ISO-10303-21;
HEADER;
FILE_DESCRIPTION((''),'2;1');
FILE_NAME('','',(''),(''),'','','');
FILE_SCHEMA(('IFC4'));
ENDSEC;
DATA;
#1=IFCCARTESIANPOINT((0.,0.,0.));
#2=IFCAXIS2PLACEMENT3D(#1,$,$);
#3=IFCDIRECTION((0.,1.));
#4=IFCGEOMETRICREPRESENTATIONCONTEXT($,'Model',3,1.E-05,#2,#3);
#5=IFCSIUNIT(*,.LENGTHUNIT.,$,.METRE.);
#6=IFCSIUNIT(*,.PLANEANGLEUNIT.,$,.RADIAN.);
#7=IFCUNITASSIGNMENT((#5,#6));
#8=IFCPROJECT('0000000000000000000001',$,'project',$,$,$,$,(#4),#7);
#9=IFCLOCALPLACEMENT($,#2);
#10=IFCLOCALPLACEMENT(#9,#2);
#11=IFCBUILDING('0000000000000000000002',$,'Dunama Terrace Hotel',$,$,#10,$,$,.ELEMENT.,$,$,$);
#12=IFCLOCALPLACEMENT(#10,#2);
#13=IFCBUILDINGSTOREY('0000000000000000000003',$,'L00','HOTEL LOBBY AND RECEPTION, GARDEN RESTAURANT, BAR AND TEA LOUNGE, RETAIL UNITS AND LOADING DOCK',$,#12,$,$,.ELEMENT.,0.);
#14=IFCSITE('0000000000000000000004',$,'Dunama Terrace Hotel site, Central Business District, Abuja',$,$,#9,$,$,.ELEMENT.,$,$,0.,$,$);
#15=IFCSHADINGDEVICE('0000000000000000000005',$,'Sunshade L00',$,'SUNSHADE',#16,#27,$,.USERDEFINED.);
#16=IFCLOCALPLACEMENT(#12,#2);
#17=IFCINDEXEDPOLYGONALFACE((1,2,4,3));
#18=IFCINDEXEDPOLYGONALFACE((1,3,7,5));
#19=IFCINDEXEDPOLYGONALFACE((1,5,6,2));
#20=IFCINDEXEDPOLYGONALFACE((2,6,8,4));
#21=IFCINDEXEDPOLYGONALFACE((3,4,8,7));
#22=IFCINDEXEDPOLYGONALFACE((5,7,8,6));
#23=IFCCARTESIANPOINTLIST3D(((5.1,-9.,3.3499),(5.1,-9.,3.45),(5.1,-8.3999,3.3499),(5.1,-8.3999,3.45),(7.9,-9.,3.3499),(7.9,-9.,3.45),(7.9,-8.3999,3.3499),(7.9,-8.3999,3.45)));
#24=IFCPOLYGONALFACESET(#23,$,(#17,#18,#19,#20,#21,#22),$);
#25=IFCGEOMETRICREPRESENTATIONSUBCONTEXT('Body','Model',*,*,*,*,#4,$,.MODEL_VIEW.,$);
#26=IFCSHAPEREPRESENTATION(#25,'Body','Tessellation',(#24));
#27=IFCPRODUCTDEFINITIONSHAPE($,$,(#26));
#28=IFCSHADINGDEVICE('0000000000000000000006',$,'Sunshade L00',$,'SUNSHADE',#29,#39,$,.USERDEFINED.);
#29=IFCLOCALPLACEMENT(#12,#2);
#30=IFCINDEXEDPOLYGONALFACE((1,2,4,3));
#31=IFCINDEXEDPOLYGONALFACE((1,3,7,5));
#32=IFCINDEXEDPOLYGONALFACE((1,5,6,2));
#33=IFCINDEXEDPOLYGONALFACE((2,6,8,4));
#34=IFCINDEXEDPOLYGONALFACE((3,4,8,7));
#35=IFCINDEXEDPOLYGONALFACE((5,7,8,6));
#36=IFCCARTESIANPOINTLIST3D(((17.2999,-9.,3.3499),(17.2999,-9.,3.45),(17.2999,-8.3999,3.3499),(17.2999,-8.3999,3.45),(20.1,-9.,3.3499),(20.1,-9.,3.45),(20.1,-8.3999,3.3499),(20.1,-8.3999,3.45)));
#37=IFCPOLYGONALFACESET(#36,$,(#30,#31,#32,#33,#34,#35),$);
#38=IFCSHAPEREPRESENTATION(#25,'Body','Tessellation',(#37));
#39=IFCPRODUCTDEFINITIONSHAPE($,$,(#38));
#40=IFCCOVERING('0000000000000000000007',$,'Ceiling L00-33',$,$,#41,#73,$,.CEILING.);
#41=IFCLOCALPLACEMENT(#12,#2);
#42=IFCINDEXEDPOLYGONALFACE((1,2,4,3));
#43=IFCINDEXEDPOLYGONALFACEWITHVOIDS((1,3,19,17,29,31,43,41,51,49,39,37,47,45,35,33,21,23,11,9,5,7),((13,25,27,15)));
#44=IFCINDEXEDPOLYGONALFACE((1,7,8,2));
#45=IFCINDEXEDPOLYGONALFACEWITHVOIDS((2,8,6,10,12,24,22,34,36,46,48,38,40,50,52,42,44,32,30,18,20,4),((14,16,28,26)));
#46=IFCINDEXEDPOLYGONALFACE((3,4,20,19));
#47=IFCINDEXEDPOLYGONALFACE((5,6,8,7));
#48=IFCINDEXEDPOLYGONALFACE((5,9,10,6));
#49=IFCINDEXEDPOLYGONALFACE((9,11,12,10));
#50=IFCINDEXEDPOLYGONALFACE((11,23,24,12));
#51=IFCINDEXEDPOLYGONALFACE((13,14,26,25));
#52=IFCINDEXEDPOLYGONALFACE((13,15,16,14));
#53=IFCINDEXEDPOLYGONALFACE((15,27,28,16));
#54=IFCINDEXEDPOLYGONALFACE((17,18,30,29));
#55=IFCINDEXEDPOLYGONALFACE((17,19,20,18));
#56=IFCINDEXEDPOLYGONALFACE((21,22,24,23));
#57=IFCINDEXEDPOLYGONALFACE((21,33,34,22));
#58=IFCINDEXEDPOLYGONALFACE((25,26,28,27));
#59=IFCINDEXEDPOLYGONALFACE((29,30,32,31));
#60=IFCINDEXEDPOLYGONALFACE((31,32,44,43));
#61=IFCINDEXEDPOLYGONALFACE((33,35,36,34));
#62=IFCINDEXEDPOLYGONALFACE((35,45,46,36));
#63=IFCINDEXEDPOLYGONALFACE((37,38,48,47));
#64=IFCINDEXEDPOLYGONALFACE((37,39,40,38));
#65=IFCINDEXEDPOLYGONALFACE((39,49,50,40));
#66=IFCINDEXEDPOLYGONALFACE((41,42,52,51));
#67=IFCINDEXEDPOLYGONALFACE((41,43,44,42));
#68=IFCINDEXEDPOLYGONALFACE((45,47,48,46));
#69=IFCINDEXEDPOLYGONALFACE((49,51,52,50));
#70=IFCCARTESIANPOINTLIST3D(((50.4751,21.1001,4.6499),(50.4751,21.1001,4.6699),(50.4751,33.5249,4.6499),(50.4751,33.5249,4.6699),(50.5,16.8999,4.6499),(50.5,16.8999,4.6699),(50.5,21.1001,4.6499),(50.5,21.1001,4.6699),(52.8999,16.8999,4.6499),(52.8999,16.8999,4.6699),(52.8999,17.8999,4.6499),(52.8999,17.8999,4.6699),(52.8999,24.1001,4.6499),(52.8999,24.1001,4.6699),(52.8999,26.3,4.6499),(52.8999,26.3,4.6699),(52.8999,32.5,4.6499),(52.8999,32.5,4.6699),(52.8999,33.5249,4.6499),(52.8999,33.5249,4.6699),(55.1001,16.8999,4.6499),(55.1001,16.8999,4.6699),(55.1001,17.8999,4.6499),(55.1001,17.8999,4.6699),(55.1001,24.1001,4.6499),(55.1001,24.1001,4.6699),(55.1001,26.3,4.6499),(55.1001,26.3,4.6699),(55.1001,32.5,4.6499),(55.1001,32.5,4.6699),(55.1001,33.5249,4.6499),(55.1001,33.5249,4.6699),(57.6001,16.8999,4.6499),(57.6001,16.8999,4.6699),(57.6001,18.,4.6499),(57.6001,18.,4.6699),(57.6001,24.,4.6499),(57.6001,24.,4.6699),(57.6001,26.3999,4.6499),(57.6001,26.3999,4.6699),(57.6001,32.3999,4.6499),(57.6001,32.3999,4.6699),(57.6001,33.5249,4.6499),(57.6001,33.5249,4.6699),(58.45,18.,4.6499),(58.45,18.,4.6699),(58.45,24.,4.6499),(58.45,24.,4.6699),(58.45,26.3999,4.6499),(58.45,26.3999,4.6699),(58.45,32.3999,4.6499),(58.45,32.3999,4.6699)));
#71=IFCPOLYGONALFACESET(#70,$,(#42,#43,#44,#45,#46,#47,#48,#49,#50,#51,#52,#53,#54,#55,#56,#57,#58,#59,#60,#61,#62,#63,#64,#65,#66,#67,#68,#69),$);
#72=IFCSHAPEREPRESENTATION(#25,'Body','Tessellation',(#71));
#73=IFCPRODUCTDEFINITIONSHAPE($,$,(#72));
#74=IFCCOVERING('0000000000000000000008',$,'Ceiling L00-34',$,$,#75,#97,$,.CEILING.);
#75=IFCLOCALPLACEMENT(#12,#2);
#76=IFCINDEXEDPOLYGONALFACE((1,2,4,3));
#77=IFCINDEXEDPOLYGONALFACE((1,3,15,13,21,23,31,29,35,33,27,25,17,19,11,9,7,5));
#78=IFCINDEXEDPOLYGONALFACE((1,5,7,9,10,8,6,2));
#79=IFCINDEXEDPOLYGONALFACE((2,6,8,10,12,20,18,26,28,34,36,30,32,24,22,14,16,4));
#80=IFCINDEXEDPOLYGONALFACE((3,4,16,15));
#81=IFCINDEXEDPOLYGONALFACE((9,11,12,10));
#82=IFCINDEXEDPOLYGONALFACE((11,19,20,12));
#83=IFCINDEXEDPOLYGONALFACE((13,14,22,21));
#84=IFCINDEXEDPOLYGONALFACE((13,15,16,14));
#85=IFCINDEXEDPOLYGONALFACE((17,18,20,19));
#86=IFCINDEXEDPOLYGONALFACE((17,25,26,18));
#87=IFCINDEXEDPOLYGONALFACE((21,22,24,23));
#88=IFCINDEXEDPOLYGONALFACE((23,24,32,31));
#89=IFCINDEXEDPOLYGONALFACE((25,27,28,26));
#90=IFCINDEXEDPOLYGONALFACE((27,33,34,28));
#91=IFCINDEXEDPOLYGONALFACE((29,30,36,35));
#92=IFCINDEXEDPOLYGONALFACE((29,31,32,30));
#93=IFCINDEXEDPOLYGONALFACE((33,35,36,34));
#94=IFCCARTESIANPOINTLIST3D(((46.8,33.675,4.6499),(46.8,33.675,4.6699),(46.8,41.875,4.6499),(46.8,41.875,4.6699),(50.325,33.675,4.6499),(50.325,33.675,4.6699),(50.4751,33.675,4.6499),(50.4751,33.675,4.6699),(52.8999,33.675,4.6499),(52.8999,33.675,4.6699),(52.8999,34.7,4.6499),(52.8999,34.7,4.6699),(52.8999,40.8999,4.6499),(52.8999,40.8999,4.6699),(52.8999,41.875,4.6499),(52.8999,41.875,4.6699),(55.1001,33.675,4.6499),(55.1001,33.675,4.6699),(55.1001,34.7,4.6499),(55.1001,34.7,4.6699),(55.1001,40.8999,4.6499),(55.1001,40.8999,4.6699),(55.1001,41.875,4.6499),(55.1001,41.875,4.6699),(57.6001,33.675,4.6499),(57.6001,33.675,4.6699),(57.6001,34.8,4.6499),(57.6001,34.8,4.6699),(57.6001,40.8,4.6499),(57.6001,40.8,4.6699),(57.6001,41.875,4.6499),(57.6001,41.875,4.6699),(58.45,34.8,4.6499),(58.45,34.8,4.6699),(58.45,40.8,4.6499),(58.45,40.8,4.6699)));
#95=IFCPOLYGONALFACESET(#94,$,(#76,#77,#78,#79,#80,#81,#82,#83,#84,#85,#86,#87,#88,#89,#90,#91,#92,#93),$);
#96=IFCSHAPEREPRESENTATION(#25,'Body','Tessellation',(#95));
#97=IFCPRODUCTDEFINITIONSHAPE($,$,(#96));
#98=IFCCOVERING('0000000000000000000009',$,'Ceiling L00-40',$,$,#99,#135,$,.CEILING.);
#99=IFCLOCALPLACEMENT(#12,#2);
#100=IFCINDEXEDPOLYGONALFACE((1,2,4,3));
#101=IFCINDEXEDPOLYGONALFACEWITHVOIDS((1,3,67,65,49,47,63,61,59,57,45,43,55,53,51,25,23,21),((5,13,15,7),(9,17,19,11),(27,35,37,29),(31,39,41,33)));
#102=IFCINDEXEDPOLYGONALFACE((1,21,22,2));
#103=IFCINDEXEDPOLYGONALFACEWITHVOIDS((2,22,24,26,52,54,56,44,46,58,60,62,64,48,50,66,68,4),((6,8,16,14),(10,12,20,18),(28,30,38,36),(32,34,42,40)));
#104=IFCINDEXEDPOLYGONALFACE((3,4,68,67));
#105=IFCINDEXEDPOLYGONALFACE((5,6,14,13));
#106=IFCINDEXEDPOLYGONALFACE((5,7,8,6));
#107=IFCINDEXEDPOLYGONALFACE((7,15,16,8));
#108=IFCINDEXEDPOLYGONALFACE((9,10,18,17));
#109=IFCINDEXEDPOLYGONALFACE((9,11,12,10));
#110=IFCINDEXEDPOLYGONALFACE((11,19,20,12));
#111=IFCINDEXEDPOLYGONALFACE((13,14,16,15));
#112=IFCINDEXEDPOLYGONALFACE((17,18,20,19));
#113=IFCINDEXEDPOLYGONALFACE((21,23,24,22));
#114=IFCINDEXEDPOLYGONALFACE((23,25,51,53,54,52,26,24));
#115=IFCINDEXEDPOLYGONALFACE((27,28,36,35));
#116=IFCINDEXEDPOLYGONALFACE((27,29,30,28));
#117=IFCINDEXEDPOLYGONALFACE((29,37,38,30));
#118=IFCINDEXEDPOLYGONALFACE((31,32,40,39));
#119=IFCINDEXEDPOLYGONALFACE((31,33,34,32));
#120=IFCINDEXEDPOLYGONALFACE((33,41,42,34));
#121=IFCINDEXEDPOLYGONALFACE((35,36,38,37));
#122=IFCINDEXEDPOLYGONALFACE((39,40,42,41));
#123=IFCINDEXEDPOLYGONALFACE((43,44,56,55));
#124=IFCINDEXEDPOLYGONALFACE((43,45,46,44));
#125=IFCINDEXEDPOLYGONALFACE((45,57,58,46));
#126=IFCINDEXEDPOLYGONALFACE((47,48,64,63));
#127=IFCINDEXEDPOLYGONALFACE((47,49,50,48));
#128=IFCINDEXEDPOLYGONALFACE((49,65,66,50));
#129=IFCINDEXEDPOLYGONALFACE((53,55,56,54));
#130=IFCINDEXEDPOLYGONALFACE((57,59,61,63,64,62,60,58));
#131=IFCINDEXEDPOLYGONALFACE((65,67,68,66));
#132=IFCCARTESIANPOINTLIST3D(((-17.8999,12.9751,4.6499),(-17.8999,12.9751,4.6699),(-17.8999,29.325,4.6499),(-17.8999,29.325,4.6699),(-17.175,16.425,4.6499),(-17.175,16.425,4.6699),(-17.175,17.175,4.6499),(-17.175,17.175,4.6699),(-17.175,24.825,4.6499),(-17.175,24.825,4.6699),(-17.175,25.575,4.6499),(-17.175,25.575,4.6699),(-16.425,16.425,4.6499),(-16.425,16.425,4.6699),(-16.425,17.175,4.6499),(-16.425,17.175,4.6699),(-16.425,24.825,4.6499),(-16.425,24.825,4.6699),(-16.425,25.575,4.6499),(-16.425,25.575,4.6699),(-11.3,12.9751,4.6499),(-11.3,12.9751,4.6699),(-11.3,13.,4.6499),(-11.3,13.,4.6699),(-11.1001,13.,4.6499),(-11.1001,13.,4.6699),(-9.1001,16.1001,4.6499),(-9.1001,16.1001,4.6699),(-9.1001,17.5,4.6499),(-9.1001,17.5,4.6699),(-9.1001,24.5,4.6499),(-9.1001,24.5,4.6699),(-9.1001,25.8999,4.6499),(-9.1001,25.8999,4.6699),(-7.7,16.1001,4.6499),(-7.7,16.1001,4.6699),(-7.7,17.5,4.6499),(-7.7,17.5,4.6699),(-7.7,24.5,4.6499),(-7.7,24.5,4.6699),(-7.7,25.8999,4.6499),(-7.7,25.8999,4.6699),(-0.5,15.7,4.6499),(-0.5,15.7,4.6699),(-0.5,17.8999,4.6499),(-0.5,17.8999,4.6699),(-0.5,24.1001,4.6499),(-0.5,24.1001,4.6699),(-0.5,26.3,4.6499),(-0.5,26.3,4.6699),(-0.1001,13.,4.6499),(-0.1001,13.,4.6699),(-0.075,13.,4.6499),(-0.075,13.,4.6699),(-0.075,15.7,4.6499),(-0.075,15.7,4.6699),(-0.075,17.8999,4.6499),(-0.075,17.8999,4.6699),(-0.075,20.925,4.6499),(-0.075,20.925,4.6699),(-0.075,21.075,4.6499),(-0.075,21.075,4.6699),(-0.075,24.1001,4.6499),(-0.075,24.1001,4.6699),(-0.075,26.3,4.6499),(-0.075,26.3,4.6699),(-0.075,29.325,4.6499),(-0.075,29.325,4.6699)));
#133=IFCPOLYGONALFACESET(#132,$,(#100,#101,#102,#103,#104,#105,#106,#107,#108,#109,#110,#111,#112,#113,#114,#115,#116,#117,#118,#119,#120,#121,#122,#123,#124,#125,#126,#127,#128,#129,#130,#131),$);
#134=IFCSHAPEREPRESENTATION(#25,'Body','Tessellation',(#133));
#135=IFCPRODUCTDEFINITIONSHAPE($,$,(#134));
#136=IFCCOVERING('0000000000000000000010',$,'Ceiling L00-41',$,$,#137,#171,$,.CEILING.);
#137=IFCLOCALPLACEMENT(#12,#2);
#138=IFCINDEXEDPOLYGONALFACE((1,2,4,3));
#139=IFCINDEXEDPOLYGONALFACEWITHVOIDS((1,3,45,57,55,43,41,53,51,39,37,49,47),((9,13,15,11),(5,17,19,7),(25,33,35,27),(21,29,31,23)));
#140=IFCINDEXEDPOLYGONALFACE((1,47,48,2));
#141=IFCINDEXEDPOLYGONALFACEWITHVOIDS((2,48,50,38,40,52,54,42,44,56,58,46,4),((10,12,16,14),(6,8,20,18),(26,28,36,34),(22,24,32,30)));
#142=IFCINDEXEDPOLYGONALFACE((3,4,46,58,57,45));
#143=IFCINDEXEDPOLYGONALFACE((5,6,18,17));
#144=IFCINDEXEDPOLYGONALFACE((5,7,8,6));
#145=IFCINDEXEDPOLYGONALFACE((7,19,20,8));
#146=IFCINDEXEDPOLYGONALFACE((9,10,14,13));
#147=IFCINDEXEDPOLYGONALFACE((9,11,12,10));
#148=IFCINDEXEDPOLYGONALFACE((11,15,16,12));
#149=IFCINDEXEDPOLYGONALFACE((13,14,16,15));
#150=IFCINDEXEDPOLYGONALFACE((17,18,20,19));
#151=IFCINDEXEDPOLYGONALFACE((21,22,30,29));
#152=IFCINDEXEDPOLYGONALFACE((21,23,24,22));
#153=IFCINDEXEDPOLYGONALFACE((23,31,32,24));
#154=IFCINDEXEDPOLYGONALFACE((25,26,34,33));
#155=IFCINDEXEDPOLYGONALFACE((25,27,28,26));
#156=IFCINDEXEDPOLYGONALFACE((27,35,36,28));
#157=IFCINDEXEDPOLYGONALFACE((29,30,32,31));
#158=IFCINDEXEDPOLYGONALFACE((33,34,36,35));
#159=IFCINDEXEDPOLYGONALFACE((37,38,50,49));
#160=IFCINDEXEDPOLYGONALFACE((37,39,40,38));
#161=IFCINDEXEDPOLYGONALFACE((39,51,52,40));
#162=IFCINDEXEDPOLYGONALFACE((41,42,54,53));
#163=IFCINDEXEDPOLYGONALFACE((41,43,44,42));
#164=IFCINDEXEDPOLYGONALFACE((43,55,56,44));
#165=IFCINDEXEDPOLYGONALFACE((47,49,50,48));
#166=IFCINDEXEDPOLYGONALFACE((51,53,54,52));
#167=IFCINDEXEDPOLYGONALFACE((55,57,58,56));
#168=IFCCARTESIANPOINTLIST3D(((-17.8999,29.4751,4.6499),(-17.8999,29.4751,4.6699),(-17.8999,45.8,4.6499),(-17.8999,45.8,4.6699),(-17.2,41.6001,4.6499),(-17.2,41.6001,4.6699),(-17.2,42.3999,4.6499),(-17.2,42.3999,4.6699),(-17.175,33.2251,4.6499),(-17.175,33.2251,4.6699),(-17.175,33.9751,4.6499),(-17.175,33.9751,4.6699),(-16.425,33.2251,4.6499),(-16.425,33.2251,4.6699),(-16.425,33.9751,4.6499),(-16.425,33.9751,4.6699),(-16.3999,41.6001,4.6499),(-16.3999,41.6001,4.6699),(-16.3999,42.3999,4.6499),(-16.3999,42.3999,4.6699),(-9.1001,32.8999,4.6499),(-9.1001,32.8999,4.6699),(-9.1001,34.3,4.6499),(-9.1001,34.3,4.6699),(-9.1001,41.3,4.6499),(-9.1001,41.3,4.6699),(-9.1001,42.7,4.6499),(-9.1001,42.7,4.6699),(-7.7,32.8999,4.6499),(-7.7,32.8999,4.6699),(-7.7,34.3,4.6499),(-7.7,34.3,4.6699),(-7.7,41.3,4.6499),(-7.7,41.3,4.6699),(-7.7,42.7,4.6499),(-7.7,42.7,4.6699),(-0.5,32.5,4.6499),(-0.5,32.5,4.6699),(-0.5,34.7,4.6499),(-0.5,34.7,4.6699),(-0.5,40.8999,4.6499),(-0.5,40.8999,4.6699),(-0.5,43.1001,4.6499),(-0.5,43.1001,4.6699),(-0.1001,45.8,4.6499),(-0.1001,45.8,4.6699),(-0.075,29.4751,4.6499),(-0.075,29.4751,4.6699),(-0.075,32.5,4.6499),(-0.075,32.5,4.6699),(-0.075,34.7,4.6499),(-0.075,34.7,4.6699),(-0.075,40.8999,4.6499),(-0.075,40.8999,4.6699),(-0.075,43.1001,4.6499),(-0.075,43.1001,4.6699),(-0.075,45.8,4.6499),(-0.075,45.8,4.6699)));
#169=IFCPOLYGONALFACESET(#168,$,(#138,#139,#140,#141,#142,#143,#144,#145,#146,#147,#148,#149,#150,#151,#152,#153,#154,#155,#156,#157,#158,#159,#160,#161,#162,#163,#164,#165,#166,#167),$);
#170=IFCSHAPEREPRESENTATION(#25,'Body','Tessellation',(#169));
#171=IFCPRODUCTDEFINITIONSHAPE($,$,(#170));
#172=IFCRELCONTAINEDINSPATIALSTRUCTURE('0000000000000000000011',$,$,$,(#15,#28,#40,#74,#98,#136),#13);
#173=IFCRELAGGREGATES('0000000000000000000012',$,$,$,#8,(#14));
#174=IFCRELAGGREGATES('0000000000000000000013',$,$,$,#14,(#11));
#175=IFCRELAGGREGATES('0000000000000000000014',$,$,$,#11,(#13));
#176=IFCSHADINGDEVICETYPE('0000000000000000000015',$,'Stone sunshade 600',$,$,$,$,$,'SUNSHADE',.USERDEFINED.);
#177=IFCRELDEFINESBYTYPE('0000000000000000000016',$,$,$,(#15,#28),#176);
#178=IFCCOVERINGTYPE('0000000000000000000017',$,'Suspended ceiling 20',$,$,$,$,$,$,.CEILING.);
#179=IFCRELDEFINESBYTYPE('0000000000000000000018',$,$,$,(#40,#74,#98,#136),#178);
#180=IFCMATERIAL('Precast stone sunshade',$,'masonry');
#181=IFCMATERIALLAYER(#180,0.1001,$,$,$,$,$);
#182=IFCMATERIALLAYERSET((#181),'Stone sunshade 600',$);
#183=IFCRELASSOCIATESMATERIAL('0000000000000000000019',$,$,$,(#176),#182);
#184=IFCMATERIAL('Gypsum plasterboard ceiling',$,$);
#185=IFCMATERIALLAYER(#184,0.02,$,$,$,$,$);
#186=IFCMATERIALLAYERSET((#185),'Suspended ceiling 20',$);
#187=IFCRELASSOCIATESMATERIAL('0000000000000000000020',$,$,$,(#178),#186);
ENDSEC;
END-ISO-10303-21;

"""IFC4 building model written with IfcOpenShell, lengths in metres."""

from ifc_helpers import new_model, si_unit, direction, frame, origin, origin_2d, place, context, subcontext, project, spatial, polyline, rectangle, outline, extrude, material, layer, layer_set, type_object, element, save


model = new_model("IFC4")

# Units and contexts
model_context = context("Model", 3, precision=1e-05, world=origin(), true_north=direction((0.0, 1.0)))
body_context = subcontext(model_context, "Body", "Model", "MODEL_VIEW")
ifc_project = project(units=[si_unit("LENGTHUNIT", "METRE"), si_unit("PLANEANGLEUNIT", "RADIAN")], contexts=[model_context])

# Site, building, storey
site_placement = place(None, origin())
site = spatial("IfcSite", under=ifc_project, at=site_placement, Name="Dunama Terrace Hotel site, Central Business District, Abuja", CompositionType="ELEMENT", RefElevation=0.0)
building_placement = place(site_placement, origin())
building = spatial("IfcBuilding", under=site, at=building_placement, Name="Dunama Terrace Hotel", CompositionType="ELEMENT")
storey_placement = place(building_placement, origin())
storey = spatial("IfcBuildingStorey", under=building, at=storey_placement, Name="L00", Description="HOTEL LOBBY AND RECEPTION, GARDEN RESTAURANT, BAR AND TEA LOUNGE, RETAIL UNITS AND LOADING DOCK", CompositionType="ELEMENT", Elevation=0.0)

# Shading devices
ifc_material_1 = material(Name="Precast stone sunshade", Category="masonry")
ifc_layer_1 = layer(ifc_material_1, 0.1001)
ifc_layer_set_1 = layer_set([ifc_layer_1], Name="Stone sunshade 600")
shading_device_type = type_object("IfcShadingDeviceType", Name="Stone sunshade 600", ElementType="SUNSHADE", PredefinedType="USERDEFINED", material=ifc_layer_set_1)
for number, where, z_axis, x_axis, name in (
    (1, (6.5, -8.7, 3.3499), (0.0, 0.0, 1.0), (1.0, 0.0, 0.0), "Sunshade L00"),
    (2, (18.7, -8.7, 3.3499), (0.0, 0.0, 1.0), (1.0, 0.0, 0.0), "Sunshade L00"),
):
    element("IfcShadingDevice", number, at=place(storey_placement, frame(where, z_axis=z_axis, x_axis=x_axis)), inside=storey, type_object=shading_device_type, Name=name, ObjectType="SUNSHADE", PredefinedType="USERDEFINED", context=body_context, shape_type="SweptSolid", body=[
        extrude(rectangle(XDim=2.8, YDim=0.6001, at=origin_2d()), origin(), (0.0, 0.0, 1.0), 0.1001),
    ])

# Coverings
ifc_material_2 = material(Name="Gypsum plasterboard ceiling")
ifc_layer_2 = layer(ifc_material_2, 0.02)
ifc_layer_set_2 = layer_set([ifc_layer_2], Name="Suspended ceiling 20")
covering_type_1 = type_object("IfcCoveringType", Name="Suspended ceiling 20", PredefinedType="CEILING", material=ifc_layer_set_2)
covering_1_placement = place(storey_placement, frame((0.0, 0.0, 4.6499)))
element("IfcCovering", 3, at=covering_1_placement, inside=storey, type_object=covering_type_1, Name="Ceiling L00-33", PredefinedType="CEILING", context=body_context, shape_type="SweptSolid", body=[
    extrude(outline(polyline([(52.8999, 16.8999), (52.8999, 17.8999), (55.1001, 17.8999), (55.1001, 16.8999), (57.6001, 16.8999), (57.6001, 18.0), (58.45, 18.0), (58.45, 24.0), (57.6001, 24.0), (57.6001, 26.3999), (58.45, 26.3999), (58.45, 32.3999), (57.6001, 32.3999), (57.6001, 33.5249), (55.1001, 33.5249), (55.1001, 32.5), (52.8999, 32.5), (52.8999, 33.5249), (50.4751, 33.5249), (50.4751, 21.1001), (50.5, 21.1001), (50.5, 16.8999), (52.8999, 16.8999)]), holes=[polyline([(52.8999, 26.3), (55.1001, 26.3), (55.1001, 24.1001), (52.8999, 24.1001), (52.8999, 26.3)])]), origin(), (0.0, 0.0, 1.0), 0.02),
])
covering_2_placement = place(storey_placement, frame((0.0, 0.0, 4.6499)))
element("IfcCovering", 4, at=covering_2_placement, inside=storey, type_object=covering_type_1, Name="Ceiling L00-34", PredefinedType="CEILING", context=body_context, shape_type="SweptSolid", body=[
    extrude(outline(polyline([(50.4751, 33.675), (52.8999, 33.675), (52.8999, 34.7), (55.1001, 34.7), (55.1001, 33.675), (57.6001, 33.675), (57.6001, 34.8), (58.45, 34.8), (58.45, 40.8), (57.6001, 40.8), (57.6001, 41.875), (55.1001, 41.875), (55.1001, 40.8999), (52.8999, 40.8999), (52.8999, 41.875), (46.8, 41.875), (46.8, 33.675), (50.325, 33.675), (50.4751, 33.675)])), origin(), (0.0, 0.0, 1.0), 0.02),
])
covering_3_placement = place(storey_placement, frame((0.0, 0.0, 4.6499)))
element("IfcCovering", 5, at=covering_3_placement, inside=storey, type_object=covering_type_1, Name="Ceiling L00-40", PredefinedType="CEILING", context=body_context, shape_type="SweptSolid", body=[
    extrude(outline(polyline([(-17.8999, 29.325), (-17.8999, 12.9751), (-11.3, 12.9751), (-11.3, 13.0), (-11.1001, 13.0), (-0.1001, 13.0), (-0.075, 13.0), (-0.075, 15.7), (-0.5, 15.7), (-0.5, 17.8999), (-0.075, 17.8999), (-0.075, 20.925), (-0.075, 21.075), (-0.075, 24.1001), (-0.5, 24.1001), (-0.5, 26.3), (-0.075, 26.3), (-0.075, 29.325), (-17.8999, 29.325)]), holes=[polyline([(-17.175, 17.175), (-16.425, 17.175), (-16.425, 16.425), (-17.175, 16.425), (-17.175, 17.175)]), polyline([(-17.175, 25.575), (-16.425, 25.575), (-16.425, 24.825), (-17.175, 24.825), (-17.175, 25.575)]), polyline([(-9.1001, 17.5), (-7.7, 17.5), (-7.7, 16.1001), (-9.1001, 16.1001), (-9.1001, 17.5)]), polyline([(-9.1001, 25.8999), (-7.7, 25.8999), (-7.7, 24.5), (-9.1001, 24.5), (-9.1001, 25.8999)])]), origin(), (0.0, 0.0, 1.0), 0.02),
])
covering_4_placement = place(storey_placement, frame((0.0, 0.0, 4.6499)))
element("IfcCovering", 6, at=covering_4_placement, inside=storey, type_object=covering_type_1, Name="Ceiling L00-41", PredefinedType="CEILING", context=body_context, shape_type="SweptSolid", body=[
    extrude(outline(polyline([(-17.8999, 45.8), (-17.8999, 29.4751), (-0.075, 29.4751), (-0.075, 32.5), (-0.5, 32.5), (-0.5, 34.7), (-0.075, 34.7), (-0.075, 40.8999), (-0.5, 40.8999), (-0.5, 43.1001), (-0.075, 43.1001), (-0.075, 45.8), (-0.1001, 45.8), (-17.8999, 45.8)]), holes=[polyline([(-17.175, 33.2251), (-17.175, 33.9751), (-16.425, 33.9751), (-16.425, 33.2251), (-17.175, 33.2251)]), polyline([(-17.2, 42.3999), (-16.3999, 42.3999), (-16.3999, 41.6001), (-17.2, 41.6001), (-17.2, 42.3999)]), polyline([(-9.1001, 32.8999), (-9.1001, 34.3), (-7.7, 34.3), (-7.7, 32.8999), (-9.1001, 32.8999)]), polyline([(-9.1001, 42.7), (-7.7, 42.7), (-7.7, 41.3), (-9.1001, 41.3), (-9.1001, 42.7)])]), origin(), (0.0, 0.0, 1.0), 0.02),
])

save(model, "model.ifc")
